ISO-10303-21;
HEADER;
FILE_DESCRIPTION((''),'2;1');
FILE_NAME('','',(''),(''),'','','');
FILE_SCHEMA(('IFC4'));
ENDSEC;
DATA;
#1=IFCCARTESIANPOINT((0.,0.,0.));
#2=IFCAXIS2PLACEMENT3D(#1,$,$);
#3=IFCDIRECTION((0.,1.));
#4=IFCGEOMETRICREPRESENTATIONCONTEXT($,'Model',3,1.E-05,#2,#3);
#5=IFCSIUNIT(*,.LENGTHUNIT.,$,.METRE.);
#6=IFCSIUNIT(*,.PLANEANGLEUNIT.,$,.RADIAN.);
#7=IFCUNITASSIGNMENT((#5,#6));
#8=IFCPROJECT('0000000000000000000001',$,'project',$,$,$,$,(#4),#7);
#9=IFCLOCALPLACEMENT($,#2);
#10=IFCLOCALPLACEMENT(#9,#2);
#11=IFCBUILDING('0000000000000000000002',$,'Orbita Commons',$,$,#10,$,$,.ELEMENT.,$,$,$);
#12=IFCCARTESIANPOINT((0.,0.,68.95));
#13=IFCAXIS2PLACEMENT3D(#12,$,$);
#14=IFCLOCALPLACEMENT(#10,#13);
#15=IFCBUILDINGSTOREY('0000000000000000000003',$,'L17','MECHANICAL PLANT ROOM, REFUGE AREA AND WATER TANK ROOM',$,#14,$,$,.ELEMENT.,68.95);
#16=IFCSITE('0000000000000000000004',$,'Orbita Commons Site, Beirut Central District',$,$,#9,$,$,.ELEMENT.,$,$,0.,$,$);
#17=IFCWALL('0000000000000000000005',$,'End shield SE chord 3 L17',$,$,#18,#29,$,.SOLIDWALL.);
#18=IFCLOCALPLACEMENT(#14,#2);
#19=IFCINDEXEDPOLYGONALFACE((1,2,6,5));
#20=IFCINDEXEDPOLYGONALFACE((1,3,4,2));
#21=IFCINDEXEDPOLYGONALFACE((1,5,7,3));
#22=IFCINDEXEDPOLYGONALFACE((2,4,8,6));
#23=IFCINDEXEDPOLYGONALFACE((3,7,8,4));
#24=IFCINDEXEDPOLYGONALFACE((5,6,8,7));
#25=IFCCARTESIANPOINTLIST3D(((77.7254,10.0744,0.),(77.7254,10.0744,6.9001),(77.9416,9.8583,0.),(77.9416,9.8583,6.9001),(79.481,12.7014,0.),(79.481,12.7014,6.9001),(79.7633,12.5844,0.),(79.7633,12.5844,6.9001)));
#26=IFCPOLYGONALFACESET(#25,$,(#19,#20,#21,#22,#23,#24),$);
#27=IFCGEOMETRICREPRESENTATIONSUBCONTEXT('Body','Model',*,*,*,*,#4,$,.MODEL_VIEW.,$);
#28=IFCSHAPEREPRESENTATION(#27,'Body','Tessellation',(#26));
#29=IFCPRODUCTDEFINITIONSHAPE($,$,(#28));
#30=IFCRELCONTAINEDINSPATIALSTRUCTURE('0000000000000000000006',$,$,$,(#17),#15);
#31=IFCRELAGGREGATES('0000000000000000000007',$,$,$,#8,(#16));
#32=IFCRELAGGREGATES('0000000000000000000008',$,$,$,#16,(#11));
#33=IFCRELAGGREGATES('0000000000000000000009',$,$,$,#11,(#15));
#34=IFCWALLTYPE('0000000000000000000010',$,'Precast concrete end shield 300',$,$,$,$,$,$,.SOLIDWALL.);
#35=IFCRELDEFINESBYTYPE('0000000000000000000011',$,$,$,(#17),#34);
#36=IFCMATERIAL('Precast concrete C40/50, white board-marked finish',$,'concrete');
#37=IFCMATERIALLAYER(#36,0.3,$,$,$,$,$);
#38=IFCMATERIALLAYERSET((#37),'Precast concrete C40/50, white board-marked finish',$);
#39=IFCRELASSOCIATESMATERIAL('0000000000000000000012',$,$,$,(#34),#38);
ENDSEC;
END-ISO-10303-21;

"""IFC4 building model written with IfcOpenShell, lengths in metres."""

from ifc_helpers import new_model, si_unit, direction, frame, origin, place, context, subcontext, project, spatial, polyline, outline, extrude, material, layer, layer_set, type_object, element, save


model = new_model("IFC4")

# Units and contexts
model_context = context("Model", 3, precision=1e-05, world=origin(), true_north=direction((0.0, 1.0)))
body_context = subcontext(model_context, "Body", "Model", "MODEL_VIEW")
ifc_project = project(units=[si_unit("LENGTHUNIT", "METRE"), si_unit("PLANEANGLEUNIT", "RADIAN")], contexts=[model_context])

# Site, building, storey
site_placement = place(None, origin())
site = spatial("IfcSite", under=ifc_project, at=site_placement, Name="Orbita Commons Site, Beirut Central District", CompositionType="ELEMENT", RefElevation=0.0)
building_placement = place(site_placement, origin())
building = spatial("IfcBuilding", under=site, at=building_placement, Name="Orbita Commons", CompositionType="ELEMENT")
storey_placement = place(building_placement, frame((0.0, 0.0, 68.95)))
storey = spatial("IfcBuildingStorey", under=building, at=storey_placement, Name="L17", Description="MECHANICAL PLANT ROOM, REFUGE AREA AND WATER TANK ROOM", CompositionType="ELEMENT", Elevation=68.95)

# Wall
ifc_material_1 = material(Name="Precast concrete C40/50, white board-marked finish", Category="concrete")
ifc_layer_1 = layer(ifc_material_1, 0.3)
ifc_layer_set_1 = layer_set([ifc_layer_1], Name="Precast concrete C40/50, white board-marked finish")
wall_type_1 = type_object("IfcWallType", Name="Precast concrete end shield 300", PredefinedType="SOLIDWALL", material=ifc_layer_set_1)
wall_1_placement = place(storey_placement, frame((77.8335, 9.9663, 0.0), z_axis=(0.0, 0.0, 1.0), x_axis=(0.55561, 0.831443, 0.0)))
element("IfcWall", 1, at=wall_1_placement, inside=storey, type_object=wall_type_1, Name="End shield SE chord 3 L17", PredefinedType="SOLIDWALL", context=body_context, shape_type="SweptSolid", body=[
    extrude(outline(polyline([(-0.0298, -0.1499), (3.249, -0.1499), (3.1895, 0.1499), (0.0298, 0.1499), (-0.0298, -0.1499)])), origin(), (0.0, 0.0, 1.0), 6.9001),
])

save(model, "model.ifc")
